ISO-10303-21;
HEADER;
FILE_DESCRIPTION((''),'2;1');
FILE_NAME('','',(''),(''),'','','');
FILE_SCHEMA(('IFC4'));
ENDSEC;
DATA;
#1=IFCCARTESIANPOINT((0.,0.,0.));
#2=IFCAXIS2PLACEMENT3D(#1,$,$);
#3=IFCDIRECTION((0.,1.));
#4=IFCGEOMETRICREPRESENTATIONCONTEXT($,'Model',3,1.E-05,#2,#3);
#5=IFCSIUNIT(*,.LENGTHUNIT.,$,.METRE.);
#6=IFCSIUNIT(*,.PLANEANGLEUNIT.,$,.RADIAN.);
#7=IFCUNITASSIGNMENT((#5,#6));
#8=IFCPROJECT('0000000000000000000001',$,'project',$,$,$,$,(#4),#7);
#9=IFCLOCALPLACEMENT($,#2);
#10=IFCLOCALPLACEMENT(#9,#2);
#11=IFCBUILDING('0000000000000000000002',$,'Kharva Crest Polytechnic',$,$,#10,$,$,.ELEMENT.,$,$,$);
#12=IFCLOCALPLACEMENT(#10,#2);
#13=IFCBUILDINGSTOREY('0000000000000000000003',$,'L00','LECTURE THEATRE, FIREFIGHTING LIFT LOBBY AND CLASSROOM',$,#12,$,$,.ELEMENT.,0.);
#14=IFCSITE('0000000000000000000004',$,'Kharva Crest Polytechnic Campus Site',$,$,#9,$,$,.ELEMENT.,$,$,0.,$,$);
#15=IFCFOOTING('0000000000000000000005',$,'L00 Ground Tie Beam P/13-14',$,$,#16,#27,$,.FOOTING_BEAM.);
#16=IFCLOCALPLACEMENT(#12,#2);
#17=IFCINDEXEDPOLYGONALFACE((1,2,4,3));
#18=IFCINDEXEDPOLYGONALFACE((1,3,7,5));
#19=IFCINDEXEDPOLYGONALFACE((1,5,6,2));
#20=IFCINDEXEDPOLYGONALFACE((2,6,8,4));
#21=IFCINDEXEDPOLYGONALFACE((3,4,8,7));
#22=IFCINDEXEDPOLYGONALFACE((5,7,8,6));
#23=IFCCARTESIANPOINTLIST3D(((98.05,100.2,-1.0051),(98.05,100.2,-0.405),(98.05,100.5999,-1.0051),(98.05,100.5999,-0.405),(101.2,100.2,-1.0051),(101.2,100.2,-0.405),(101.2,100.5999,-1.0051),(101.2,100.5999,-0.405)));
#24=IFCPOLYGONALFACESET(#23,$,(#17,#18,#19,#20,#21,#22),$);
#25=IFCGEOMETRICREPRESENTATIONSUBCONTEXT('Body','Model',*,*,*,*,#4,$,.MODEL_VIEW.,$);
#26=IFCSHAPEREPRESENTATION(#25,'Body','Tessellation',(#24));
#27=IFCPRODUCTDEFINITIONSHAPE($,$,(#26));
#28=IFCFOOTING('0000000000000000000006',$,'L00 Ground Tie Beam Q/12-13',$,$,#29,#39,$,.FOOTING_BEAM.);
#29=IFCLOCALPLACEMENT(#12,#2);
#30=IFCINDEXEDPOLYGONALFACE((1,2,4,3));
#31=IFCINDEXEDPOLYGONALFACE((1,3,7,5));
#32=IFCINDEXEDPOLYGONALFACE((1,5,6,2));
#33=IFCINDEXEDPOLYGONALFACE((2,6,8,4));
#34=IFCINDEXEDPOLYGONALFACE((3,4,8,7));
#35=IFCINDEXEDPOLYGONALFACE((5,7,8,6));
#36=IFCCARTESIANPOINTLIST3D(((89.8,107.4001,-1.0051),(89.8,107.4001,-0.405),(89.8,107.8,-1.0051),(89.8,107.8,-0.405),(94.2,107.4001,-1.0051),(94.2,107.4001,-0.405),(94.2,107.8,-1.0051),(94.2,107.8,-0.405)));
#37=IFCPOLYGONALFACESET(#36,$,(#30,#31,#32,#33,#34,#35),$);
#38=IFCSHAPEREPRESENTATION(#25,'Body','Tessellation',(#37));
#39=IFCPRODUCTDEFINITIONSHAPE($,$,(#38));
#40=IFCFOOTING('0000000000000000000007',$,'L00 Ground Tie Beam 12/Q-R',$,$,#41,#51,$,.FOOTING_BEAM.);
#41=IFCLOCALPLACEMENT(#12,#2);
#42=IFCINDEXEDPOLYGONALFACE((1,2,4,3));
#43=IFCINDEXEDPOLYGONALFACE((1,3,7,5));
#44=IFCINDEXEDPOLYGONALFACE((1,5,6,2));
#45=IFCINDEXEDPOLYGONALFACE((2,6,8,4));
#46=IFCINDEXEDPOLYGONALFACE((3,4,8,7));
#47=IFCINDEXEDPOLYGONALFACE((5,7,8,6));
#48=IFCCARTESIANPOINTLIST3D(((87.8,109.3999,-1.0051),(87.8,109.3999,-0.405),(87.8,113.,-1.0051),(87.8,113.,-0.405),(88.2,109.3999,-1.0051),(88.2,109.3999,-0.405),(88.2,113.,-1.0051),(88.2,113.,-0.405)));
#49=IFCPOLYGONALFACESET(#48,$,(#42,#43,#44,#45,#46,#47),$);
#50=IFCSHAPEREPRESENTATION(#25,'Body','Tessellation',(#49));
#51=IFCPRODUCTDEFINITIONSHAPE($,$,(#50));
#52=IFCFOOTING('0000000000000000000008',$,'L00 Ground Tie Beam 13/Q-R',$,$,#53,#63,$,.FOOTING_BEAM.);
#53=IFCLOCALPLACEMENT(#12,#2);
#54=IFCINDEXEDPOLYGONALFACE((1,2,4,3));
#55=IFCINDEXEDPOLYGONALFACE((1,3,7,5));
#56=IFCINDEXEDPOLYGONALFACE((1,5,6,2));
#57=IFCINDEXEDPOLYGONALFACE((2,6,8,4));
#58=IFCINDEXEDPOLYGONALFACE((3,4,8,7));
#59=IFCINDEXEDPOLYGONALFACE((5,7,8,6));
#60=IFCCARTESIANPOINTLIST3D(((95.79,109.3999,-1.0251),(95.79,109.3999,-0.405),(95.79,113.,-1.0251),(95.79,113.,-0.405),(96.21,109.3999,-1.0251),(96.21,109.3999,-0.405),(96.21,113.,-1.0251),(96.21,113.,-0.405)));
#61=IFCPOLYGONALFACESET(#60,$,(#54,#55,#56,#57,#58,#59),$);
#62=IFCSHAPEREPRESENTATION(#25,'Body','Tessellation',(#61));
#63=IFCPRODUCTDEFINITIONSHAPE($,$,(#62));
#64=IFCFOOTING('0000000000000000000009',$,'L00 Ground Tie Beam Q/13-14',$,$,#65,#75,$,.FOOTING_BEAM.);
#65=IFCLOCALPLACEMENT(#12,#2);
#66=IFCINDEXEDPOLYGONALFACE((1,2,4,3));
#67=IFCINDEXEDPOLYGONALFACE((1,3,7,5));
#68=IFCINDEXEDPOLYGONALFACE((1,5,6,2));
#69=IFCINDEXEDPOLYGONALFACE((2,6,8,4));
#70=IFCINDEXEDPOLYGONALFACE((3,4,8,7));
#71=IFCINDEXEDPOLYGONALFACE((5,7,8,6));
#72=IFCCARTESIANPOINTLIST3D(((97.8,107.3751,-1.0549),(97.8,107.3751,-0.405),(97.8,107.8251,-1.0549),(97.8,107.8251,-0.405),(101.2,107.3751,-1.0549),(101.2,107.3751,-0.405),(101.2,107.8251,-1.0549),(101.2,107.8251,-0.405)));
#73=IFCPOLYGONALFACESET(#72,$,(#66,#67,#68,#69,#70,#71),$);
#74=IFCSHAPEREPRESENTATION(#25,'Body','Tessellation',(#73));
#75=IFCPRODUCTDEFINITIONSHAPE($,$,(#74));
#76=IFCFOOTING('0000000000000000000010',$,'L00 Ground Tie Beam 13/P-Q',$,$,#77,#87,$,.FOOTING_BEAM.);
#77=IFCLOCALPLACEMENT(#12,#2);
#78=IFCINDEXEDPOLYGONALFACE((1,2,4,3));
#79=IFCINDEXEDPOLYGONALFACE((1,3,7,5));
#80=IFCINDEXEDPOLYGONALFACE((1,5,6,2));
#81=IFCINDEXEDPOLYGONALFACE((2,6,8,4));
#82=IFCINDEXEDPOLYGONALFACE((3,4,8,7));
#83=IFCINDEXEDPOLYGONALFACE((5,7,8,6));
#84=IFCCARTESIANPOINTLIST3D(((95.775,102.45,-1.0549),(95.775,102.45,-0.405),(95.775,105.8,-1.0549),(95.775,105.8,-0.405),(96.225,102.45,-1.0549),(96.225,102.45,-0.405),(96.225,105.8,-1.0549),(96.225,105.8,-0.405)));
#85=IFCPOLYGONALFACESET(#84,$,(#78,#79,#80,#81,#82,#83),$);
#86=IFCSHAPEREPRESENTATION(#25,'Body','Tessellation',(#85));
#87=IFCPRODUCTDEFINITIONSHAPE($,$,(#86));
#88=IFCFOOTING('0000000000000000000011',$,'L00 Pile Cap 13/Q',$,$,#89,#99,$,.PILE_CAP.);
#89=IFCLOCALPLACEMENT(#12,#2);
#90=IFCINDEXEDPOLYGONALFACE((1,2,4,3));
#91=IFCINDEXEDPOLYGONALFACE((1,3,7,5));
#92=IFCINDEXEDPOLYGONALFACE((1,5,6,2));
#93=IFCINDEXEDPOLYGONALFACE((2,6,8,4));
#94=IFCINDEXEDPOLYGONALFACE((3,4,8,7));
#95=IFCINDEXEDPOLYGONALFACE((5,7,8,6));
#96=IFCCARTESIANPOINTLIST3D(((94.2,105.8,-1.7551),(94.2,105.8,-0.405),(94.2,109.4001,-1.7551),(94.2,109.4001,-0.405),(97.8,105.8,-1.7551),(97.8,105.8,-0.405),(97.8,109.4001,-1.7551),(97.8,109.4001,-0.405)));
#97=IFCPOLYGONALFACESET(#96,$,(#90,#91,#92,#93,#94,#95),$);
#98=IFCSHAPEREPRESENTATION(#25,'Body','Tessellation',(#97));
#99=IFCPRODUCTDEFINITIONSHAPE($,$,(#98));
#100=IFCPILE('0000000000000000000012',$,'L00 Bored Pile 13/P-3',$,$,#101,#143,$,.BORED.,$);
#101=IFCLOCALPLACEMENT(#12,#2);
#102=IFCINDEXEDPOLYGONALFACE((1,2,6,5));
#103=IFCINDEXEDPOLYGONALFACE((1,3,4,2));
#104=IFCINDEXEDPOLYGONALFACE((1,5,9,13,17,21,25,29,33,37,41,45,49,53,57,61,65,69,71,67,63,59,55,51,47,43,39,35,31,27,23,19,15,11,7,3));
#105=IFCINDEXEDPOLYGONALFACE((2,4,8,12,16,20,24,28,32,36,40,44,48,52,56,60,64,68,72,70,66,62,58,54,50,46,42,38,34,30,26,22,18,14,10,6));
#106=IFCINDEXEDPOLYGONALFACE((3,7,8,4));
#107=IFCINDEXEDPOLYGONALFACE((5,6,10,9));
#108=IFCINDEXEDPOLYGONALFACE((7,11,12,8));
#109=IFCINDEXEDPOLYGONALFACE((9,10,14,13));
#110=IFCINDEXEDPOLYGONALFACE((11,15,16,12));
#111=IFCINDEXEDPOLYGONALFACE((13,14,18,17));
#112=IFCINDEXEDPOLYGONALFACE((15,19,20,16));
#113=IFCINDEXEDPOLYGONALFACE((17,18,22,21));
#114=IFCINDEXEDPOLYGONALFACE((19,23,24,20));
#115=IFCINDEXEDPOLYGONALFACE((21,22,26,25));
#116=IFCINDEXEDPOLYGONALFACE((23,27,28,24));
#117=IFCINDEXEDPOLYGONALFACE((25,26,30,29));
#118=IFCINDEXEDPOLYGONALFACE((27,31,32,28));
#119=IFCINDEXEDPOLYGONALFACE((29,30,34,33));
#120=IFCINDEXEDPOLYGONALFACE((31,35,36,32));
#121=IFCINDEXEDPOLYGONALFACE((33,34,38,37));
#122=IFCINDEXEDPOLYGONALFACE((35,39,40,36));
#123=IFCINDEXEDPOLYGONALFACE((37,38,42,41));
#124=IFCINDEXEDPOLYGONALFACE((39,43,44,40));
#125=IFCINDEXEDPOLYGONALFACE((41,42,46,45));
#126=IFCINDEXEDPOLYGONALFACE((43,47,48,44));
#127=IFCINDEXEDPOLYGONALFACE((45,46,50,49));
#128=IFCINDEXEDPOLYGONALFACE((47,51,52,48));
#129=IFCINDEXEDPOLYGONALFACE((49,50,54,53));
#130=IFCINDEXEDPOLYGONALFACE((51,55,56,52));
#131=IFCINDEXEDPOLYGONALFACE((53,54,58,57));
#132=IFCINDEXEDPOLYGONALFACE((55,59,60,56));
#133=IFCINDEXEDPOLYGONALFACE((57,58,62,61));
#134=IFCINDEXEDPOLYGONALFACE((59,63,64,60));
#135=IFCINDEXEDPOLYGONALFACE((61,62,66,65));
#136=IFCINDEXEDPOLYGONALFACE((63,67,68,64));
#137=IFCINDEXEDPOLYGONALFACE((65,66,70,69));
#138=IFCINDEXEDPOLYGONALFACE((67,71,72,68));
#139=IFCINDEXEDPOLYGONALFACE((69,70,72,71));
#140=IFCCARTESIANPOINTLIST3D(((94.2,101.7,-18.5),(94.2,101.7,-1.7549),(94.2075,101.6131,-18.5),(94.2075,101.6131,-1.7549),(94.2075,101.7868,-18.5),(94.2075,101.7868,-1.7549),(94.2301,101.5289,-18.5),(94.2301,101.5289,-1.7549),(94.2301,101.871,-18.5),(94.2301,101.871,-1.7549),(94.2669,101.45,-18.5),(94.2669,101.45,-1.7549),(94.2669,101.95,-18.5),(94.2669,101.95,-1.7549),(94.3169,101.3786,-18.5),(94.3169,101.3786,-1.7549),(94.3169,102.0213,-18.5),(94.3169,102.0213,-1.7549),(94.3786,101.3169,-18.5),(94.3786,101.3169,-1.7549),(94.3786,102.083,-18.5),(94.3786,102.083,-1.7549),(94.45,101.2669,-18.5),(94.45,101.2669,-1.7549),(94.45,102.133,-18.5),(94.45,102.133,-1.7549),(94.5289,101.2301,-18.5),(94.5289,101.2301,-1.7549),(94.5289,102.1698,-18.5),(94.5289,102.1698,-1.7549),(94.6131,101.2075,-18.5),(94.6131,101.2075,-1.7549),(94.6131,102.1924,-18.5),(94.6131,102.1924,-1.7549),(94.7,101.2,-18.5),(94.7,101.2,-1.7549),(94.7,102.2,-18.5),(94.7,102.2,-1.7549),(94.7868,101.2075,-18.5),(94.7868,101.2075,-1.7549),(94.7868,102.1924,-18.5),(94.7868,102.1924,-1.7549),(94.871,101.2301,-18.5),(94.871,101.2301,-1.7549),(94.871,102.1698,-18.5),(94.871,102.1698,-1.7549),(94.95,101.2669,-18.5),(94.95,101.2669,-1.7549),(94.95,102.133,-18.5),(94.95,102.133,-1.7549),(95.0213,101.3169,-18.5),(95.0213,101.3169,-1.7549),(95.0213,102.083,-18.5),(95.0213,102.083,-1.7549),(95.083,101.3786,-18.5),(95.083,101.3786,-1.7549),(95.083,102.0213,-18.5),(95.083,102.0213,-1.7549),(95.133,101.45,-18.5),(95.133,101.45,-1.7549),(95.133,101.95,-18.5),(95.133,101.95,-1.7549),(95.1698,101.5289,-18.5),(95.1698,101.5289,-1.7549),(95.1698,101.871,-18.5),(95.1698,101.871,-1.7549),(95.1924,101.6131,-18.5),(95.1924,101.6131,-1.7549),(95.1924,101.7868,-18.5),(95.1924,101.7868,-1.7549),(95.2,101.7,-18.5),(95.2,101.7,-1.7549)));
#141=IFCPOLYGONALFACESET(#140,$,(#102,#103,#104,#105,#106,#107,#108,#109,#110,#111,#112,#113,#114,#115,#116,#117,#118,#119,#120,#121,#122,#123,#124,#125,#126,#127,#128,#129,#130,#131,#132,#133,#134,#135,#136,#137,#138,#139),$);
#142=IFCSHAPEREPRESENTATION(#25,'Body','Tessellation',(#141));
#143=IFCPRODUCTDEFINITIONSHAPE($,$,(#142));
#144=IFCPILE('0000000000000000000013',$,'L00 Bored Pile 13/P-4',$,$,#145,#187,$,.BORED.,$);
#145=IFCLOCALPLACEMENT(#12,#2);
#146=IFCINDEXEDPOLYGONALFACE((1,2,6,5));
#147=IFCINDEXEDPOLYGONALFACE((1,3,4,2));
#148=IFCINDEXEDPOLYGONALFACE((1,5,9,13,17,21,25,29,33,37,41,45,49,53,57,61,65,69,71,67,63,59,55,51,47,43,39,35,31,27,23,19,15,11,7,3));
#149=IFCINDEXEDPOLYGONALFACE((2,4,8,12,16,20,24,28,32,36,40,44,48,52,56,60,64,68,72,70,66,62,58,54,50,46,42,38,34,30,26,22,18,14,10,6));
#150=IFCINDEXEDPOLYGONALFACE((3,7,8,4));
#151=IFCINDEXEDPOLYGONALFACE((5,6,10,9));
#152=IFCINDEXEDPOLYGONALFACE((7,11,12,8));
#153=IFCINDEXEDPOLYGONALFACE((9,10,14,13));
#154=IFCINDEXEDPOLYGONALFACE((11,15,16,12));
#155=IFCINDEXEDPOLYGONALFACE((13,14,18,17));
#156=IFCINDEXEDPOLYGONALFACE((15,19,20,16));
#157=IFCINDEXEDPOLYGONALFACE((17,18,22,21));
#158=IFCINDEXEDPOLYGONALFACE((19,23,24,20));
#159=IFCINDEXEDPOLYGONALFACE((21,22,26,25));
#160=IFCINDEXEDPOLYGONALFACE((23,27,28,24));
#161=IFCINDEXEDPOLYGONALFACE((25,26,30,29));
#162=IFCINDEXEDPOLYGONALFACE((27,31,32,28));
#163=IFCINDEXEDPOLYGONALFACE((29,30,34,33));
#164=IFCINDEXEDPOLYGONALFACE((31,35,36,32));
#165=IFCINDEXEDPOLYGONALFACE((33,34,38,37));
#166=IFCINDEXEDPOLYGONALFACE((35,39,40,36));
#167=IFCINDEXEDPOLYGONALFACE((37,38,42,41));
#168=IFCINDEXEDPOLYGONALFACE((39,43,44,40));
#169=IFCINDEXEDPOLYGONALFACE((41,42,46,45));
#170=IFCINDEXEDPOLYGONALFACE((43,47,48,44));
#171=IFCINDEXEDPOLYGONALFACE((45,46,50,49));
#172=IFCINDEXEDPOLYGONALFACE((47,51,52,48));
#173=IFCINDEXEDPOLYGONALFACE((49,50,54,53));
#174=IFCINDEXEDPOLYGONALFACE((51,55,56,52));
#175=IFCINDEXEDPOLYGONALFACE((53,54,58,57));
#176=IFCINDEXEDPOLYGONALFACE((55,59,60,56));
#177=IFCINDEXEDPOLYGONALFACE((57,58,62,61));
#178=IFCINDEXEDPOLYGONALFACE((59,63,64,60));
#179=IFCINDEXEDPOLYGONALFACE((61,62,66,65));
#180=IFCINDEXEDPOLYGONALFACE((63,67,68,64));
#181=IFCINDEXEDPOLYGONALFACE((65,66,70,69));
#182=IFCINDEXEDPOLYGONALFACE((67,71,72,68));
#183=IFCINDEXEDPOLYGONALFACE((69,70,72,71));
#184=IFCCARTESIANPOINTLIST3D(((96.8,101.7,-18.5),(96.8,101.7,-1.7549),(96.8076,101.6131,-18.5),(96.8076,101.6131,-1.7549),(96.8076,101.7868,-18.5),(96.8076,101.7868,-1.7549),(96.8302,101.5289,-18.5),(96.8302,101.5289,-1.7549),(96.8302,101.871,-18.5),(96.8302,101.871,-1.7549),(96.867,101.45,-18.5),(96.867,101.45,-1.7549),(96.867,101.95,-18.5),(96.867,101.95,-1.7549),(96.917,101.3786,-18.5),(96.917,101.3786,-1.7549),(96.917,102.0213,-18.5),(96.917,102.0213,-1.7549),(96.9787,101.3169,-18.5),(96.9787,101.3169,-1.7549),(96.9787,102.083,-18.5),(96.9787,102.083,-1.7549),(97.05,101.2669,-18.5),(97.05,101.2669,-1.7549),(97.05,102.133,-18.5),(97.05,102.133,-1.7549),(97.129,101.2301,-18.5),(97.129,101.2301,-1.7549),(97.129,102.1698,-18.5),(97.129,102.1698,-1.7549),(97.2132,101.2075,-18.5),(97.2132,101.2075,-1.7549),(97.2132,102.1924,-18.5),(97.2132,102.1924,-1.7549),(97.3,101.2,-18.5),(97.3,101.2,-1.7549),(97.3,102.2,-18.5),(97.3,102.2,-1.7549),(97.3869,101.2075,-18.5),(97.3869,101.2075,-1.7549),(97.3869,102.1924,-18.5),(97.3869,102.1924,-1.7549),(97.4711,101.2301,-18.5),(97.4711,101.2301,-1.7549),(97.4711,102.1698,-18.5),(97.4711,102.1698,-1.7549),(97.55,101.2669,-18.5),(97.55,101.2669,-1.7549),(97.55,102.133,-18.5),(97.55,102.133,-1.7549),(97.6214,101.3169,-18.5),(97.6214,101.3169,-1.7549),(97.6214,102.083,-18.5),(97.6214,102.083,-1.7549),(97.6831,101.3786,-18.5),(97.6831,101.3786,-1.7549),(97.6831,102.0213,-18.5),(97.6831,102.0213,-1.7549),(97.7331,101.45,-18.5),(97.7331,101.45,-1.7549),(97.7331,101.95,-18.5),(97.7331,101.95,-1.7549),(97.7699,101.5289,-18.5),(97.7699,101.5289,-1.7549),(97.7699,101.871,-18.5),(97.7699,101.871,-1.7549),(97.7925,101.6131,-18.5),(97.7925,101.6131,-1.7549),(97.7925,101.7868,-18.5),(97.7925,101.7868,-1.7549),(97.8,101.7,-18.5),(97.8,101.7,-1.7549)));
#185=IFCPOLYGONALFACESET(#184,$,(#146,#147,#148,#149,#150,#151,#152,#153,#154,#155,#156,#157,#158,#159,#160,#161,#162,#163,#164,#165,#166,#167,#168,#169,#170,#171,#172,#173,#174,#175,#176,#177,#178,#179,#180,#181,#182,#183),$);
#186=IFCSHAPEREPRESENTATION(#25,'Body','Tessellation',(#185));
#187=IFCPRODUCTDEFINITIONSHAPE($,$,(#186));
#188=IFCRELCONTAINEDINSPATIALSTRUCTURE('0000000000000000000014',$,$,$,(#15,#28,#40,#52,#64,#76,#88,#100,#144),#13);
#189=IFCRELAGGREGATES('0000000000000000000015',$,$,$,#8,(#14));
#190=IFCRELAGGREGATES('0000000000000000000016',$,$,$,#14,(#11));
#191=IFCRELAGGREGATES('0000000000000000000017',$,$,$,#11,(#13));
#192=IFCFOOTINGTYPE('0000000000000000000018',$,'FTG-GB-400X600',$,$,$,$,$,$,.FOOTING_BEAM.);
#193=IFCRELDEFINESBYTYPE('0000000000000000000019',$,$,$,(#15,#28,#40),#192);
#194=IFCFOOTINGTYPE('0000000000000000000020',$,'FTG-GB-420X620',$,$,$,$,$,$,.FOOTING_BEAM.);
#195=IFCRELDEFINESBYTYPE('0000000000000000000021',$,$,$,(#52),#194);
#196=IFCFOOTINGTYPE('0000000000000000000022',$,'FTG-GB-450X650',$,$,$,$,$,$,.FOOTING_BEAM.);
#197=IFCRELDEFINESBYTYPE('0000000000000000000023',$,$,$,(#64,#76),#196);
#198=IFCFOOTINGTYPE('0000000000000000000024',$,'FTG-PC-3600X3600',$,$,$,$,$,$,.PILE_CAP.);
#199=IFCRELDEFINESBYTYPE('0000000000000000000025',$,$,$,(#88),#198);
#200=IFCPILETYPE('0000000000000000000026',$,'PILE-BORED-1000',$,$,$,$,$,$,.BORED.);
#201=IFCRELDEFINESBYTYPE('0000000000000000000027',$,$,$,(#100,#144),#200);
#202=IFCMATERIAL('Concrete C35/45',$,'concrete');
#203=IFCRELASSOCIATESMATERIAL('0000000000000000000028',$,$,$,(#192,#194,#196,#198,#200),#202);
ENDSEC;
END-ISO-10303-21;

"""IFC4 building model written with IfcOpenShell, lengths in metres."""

from ifc_helpers import new_model, si_unit, direction, frame, origin, origin_2d, place, context, subcontext, project, spatial, rectangle, circle, extrude, material, material_profile, profile_set, type_object, element, save


model = new_model("IFC4")

# Units and contexts
model_context = context("Model", 3, precision=1e-05, world=origin(), true_north=direction((0.0, 1.0)))
body_context = subcontext(model_context, "Body", "Model", "MODEL_VIEW")
ifc_project = project(units=[si_unit("LENGTHUNIT", "METRE"), si_unit("PLANEANGLEUNIT", "RADIAN")], contexts=[model_context])

# Site, building, storey
site_placement = place(None, origin())
site = spatial("IfcSite", under=ifc_project, at=site_placement, Name="Kharva Crest Polytechnic Campus Site", CompositionType="ELEMENT", RefElevation=0.0)
building_placement = place(site_placement, origin())
building = spatial("IfcBuilding", under=site, at=building_placement, Name="Kharva Crest Polytechnic", CompositionType="ELEMENT")
storey_placement = place(building_placement, origin())
storey = spatial("IfcBuildingStorey", under=building, at=storey_placement, Name="L00", Description="LECTURE THEATRE, FIREFIGHTING LIFT LOBBY AND CLASSROOM", CompositionType="ELEMENT", Elevation=0.0)

# Footings
ifc_material_1 = material(Name="Concrete C35/45", Category="concrete")
footing_type_1 = type_object("IfcFootingType", Name="FTG-GB-400X600", PredefinedType="FOOTING_BEAM", material=ifc_material_1)
footing_1_placement = place(storey_placement, frame((99.625, 100.3999, -1.0051), z_axis=(0.0, 0.0, 1.0), x_axis=(1.0, 0.0, 0.0)))
element("IfcFooting", 1, at=footing_1_placement, inside=storey, type_object=footing_type_1, Name="L00 Ground Tie Beam P/13-14", PredefinedType="FOOTING_BEAM", context=body_context, shape_type="SweptSolid", body=[
    extrude(rectangle(XDim=3.1499, YDim=0.3999, at=origin_2d()), origin(), (0.0, 0.0, 1.0), 0.6001),
])
footing_2_placement = place(storey_placement, frame((92.0, 107.6001, -1.0051), z_axis=(0.0, 0.0, 1.0), x_axis=(1.0, 0.0, 0.0)))
element("IfcFooting", 2, at=footing_2_placement, inside=storey, type_object=footing_type_1, Name="L00 Ground Tie Beam Q/12-13", PredefinedType="FOOTING_BEAM", context=body_context, shape_type="SweptSolid", body=[
    extrude(rectangle(XDim=4.3999, YDim=0.3999, at=origin_2d()), origin(), (0.0, 0.0, 1.0), 0.6001),
])
footing_3_placement = place(storey_placement, frame((88.0, 111.2, -1.0051), z_axis=(0.0, 0.0, 1.0), x_axis=(0.0, 1.0, 0.0)))
element("IfcFooting", 3, at=footing_3_placement, inside=storey, type_object=footing_type_1, Name="L00 Ground Tie Beam 12/Q-R", PredefinedType="FOOTING_BEAM", context=body_context, shape_type="SweptSolid", body=[
    extrude(rectangle(XDim=3.6001, YDim=0.3999, at=origin_2d()), origin(), (0.0, 0.0, 1.0), 0.6001),
])
footing_type_2 = type_object("IfcFootingType", Name="FTG-GB-420X620", PredefinedType="FOOTING_BEAM", material=ifc_material_1)
footing_4_placement = place(storey_placement, frame((96.0, 111.2, -1.0251), z_axis=(0.0, 0.0, 1.0), x_axis=(0.0, 1.0, 0.0)))
element("IfcFooting", 4, at=footing_4_placement, inside=storey, type_object=footing_type_2, Name="L00 Ground Tie Beam 13/Q-R", PredefinedType="FOOTING_BEAM", context=body_context, shape_type="SweptSolid", body=[
    extrude(rectangle(XDim=3.6001, YDim=0.4199, at=origin_2d()), origin(), (0.0, 0.0, 1.0), 0.6201),
])
footing_type_3 = type_object("IfcFootingType", Name="FTG-GB-450X650", PredefinedType="FOOTING_BEAM", material=ifc_material_1)
footing_5_placement = place(storey_placement, frame((99.5, 107.6001, -1.0549), z_axis=(0.0, 0.0, 1.0), x_axis=(1.0, 0.0, 0.0)))
element("IfcFooting", 5, at=footing_5_placement, inside=storey, type_object=footing_type_3, Name="L00 Ground Tie Beam Q/13-14", PredefinedType="FOOTING_BEAM", context=body_context, shape_type="SweptSolid", body=[
    extrude(rectangle(XDim=3.3999, YDim=0.45, at=origin_2d()), origin(), (0.0, 0.0, 1.0), 0.6499),
])
footing_6_placement = place(storey_placement, frame((96.0, 104.125, -1.0549), z_axis=(0.0, 0.0, 1.0), x_axis=(0.0, 1.0, 0.0)))
element("IfcFooting", 6, at=footing_6_placement, inside=storey, type_object=footing_type_3, Name="L00 Ground Tie Beam 13/P-Q", PredefinedType="FOOTING_BEAM", context=body_context, shape_type="SweptSolid", body=[
    extrude(rectangle(XDim=3.3501, YDim=0.45, at=origin_2d()), origin(), (0.0, 0.0, 1.0), 0.6499),
])
footing_type_4 = type_object("IfcFootingType", Name="FTG-PC-3600X3600", PredefinedType="PILE_CAP", material=ifc_material_1)
footing_7_placement = place(storey_placement, frame((96.0, 107.6001, -1.7551), z_axis=(0.0, 0.0, 1.0), x_axis=(1.0, 0.0, 0.0)))
element("IfcFooting", 7, at=footing_7_placement, inside=storey, type_object=footing_type_4, Name="L00 Pile Cap 13/Q", PredefinedType="PILE_CAP", context=body_context, shape_type="SweptSolid", body=[
    extrude(rectangle(XDim=3.6001, YDim=3.6001, at=origin_2d()), origin(), (0.0, 0.0, 1.0), 1.3501),
])

# Piles
ifc_material_profile_1 = material_profile(ifc_material_1, circle(Radius=0.5, at=origin_2d()), Name="DIA 1000")
ifc_profile_set_1 = profile_set([ifc_material_profile_1], Name="Concrete C35/45")
pile_type_1 = type_object("IfcPileType", Name="PILE-BORED-1000", PredefinedType="BORED", material=ifc_profile_set_1)
for number, where, z_axis, x_axis, name in (
    (8, (94.7, 101.7, -1.7549), (0.0, 0.0, -1.0), (1.0, 0.0, 0.0), "L00 Bored Pile 13/P-3"),
    (9, (97.3, 101.7, -1.7549), (0.0, 0.0, -1.0), (1.0, 0.0, 0.0), "L00 Bored Pile 13/P-4"),
):
    element("IfcPile", number, at=place(storey_placement, frame(where, z_axis=z_axis, x_axis=x_axis)), inside=storey, type_object=pile_type_1, Name=name, PredefinedType="BORED", context=body_context, shape_type="SweptSolid", body=[
        extrude(circle(Radius=0.5, at=origin_2d()), origin(), (0.0, 0.0, 1.0), 16.7451),
    ])

save(model, "model.ifc")
